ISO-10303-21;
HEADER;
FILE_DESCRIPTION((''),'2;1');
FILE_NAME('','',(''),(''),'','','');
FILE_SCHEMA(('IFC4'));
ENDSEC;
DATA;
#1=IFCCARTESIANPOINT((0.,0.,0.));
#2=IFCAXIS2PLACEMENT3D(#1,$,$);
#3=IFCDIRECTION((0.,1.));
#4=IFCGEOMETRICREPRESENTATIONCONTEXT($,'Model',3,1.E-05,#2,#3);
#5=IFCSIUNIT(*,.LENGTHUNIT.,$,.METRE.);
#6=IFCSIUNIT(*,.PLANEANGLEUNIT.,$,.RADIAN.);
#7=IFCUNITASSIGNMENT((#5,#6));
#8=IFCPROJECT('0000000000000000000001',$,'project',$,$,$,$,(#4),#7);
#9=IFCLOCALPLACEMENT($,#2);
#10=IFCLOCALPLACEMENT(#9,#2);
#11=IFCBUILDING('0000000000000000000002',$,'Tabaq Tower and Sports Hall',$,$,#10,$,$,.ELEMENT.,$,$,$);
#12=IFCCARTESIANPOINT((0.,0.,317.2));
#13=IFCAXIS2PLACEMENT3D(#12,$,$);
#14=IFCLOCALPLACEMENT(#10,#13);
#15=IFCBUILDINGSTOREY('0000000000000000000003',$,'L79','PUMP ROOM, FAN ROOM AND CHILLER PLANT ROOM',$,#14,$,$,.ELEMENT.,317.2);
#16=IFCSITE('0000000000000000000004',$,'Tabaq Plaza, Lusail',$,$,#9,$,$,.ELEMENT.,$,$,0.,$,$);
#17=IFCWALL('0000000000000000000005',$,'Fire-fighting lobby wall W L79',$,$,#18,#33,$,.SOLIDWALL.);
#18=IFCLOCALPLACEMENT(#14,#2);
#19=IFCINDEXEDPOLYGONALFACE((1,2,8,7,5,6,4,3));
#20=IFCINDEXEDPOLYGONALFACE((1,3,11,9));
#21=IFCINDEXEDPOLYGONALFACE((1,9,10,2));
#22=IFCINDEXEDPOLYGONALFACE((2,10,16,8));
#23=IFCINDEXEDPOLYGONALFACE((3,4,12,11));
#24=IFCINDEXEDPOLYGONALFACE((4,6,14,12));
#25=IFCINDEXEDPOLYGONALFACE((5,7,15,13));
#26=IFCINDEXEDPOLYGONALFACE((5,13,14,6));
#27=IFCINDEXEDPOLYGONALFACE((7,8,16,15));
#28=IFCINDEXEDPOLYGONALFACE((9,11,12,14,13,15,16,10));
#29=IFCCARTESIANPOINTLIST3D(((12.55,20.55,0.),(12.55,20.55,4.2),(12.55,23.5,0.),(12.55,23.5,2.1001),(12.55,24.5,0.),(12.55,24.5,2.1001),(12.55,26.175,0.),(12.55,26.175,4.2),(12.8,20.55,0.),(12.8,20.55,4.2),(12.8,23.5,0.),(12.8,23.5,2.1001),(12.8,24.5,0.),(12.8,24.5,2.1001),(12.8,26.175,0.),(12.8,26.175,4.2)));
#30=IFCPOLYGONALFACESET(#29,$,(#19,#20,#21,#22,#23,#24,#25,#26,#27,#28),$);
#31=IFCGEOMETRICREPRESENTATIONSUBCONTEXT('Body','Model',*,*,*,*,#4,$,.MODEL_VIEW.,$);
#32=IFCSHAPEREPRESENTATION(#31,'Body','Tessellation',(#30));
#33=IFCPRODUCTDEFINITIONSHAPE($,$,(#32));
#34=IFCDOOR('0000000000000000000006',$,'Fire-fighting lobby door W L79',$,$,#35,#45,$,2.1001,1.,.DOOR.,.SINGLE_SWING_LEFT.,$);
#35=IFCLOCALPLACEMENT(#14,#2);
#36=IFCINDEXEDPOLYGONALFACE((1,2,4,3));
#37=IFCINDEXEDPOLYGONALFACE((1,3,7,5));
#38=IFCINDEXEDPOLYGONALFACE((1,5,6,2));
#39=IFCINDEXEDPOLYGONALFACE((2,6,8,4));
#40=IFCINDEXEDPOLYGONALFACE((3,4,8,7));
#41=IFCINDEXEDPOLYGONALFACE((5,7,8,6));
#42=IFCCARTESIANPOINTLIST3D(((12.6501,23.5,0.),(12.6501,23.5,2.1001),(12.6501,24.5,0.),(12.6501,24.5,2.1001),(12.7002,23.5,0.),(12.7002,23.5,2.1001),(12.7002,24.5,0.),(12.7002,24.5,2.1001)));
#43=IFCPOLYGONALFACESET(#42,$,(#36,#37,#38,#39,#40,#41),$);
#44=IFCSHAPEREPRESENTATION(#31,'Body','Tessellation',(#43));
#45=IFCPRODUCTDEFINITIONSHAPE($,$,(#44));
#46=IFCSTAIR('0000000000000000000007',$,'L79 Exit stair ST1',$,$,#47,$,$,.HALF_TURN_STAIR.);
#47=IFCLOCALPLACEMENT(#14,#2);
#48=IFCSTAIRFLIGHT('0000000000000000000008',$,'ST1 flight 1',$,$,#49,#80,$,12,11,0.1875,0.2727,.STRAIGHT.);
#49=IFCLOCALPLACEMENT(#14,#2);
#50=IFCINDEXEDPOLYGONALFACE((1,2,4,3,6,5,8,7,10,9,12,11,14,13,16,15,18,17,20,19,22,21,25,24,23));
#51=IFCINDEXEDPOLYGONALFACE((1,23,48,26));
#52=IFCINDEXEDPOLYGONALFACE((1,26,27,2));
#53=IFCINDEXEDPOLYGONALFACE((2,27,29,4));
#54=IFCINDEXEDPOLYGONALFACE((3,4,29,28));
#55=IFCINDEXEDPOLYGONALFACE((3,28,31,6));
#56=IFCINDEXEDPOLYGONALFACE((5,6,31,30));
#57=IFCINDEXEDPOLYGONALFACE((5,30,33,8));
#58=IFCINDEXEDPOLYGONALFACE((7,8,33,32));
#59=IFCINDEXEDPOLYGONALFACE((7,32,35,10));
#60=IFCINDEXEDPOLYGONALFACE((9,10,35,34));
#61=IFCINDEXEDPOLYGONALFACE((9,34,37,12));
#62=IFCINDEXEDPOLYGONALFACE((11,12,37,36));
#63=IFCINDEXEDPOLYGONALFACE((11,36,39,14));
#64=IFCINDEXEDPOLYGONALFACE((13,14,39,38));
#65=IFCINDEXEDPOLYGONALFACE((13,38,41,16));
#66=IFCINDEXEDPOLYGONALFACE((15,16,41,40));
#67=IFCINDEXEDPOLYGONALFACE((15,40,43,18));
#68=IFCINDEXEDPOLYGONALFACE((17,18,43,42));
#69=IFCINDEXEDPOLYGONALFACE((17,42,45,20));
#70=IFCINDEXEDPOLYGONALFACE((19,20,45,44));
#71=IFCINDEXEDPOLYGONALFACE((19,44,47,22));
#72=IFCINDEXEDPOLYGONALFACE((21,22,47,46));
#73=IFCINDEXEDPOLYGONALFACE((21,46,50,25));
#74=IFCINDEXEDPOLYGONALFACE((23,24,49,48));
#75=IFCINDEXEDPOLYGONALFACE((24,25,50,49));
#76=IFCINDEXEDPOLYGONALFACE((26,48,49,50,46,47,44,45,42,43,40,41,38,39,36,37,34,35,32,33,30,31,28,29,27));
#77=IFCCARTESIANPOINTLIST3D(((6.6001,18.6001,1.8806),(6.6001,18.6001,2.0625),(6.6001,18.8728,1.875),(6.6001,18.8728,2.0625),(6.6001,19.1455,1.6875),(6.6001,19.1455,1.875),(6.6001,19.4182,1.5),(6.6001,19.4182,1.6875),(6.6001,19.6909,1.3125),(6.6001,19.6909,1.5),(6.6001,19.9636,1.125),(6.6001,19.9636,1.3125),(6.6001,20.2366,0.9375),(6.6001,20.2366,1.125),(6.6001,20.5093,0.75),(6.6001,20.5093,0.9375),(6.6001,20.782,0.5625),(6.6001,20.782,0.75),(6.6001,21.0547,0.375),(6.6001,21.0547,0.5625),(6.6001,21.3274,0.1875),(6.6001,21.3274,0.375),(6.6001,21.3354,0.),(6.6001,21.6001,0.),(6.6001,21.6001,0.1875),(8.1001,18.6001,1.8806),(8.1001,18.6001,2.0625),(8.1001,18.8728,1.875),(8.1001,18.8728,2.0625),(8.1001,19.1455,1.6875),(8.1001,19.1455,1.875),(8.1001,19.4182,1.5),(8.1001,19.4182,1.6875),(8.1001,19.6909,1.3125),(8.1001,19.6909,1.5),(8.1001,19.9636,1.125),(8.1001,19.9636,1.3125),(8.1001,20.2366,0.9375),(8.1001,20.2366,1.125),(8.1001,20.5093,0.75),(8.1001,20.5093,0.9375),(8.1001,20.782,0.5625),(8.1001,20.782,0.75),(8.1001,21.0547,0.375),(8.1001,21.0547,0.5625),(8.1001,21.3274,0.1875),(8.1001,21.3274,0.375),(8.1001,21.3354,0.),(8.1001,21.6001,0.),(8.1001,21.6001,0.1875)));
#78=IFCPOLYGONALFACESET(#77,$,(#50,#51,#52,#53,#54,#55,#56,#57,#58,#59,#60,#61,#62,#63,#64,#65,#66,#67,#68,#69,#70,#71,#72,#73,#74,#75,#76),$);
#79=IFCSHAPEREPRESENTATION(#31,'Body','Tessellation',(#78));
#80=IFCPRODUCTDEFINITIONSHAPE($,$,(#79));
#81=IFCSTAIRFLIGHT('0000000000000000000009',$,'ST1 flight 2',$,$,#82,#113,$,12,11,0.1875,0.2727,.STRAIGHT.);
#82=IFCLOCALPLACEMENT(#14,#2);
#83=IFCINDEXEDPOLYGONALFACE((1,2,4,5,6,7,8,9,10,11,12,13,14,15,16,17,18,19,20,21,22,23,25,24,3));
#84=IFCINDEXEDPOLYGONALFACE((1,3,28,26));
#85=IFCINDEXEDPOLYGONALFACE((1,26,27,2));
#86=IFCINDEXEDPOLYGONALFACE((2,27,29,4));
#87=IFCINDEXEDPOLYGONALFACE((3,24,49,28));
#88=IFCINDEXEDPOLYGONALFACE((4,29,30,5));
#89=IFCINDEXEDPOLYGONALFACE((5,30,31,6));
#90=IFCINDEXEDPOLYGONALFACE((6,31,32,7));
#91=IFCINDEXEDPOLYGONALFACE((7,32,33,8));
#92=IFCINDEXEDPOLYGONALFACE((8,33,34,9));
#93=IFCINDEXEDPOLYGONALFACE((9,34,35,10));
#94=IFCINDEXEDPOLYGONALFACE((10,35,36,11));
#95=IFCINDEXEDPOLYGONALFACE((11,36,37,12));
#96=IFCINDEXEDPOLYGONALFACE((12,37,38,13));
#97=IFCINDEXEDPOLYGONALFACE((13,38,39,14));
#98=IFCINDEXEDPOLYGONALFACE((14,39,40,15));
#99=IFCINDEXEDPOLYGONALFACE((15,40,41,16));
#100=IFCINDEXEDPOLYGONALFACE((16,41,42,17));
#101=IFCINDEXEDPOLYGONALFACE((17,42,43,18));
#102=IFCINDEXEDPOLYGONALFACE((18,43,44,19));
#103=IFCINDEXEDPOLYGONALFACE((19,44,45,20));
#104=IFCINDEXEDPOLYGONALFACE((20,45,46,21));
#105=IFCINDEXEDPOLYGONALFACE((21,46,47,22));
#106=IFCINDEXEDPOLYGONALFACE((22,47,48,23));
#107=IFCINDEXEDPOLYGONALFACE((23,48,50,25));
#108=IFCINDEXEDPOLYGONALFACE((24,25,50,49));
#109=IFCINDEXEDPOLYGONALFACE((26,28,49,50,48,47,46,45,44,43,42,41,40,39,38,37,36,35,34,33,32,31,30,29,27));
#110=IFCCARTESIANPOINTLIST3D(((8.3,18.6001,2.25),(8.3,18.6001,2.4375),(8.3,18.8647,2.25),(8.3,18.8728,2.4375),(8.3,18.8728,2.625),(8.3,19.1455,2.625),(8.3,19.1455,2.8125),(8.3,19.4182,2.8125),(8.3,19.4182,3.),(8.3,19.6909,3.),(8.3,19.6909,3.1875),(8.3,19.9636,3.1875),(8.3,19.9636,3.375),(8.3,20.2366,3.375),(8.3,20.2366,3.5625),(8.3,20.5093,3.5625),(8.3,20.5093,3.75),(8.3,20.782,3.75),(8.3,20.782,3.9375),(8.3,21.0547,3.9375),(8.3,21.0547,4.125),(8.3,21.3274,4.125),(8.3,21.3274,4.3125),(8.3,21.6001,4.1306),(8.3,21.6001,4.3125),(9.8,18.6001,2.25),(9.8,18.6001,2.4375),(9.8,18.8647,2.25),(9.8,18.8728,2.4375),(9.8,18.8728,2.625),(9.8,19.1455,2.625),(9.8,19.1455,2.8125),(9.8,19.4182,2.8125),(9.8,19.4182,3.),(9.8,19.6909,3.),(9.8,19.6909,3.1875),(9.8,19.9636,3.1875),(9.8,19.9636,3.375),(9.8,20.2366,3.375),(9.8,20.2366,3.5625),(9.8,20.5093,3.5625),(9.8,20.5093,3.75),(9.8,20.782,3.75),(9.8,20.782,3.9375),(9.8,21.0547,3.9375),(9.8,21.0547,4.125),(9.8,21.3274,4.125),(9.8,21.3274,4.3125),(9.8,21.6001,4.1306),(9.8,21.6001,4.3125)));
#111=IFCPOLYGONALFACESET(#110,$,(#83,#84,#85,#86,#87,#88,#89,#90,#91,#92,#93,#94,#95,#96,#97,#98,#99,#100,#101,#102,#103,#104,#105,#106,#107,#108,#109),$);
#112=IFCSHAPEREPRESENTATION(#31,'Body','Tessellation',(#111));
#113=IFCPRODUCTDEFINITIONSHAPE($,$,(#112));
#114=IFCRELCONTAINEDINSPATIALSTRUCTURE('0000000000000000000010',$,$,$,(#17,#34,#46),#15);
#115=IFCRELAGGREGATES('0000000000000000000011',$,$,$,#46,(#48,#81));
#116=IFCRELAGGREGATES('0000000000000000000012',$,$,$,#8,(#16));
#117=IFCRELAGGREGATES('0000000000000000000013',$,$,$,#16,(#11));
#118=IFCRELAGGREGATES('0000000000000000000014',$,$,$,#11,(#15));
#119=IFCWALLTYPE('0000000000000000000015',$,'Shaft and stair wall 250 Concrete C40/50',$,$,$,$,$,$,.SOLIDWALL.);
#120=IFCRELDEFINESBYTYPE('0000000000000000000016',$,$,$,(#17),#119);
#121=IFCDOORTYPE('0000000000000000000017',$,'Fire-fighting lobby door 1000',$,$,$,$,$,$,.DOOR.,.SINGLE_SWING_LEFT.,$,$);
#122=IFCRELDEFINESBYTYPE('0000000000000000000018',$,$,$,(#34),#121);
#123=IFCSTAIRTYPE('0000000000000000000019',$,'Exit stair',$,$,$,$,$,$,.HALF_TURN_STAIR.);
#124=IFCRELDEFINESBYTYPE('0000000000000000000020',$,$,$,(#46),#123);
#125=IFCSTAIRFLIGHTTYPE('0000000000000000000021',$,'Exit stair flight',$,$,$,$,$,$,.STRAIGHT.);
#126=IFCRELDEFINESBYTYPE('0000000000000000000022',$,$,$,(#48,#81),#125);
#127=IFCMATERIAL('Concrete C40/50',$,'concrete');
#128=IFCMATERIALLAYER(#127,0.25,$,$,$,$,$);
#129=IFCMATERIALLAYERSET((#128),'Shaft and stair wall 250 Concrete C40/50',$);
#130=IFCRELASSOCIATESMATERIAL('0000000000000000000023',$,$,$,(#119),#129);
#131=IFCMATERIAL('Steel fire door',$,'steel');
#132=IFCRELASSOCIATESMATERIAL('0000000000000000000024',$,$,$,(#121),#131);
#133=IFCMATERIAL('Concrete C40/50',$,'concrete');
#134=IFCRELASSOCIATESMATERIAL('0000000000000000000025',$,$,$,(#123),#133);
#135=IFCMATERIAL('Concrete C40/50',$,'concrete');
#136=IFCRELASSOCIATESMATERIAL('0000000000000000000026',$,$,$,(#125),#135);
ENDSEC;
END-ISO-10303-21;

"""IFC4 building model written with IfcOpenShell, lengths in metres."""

from ifc_helpers import new_model, si_unit, direction, frame, frame_2d, origin, place, context, subcontext, project, spatial, polyline, rectangle, outline, extrude, material, layer, layer_set, type_object, element, fill, aggregate, save


model = new_model("IFC4")

# Units and contexts
model_context = context("Model", 3, precision=1e-05, world=origin(), true_north=direction((0.0, 1.0)))
body_context = subcontext(model_context, "Body", "Model", "MODEL_VIEW")
ifc_project = project(units=[si_unit("LENGTHUNIT", "METRE"), si_unit("PLANEANGLEUNIT", "RADIAN")], contexts=[model_context])

# Site, building, storey
site_placement = place(None, origin())
site = spatial("IfcSite", under=ifc_project, at=site_placement, Name="Tabaq Plaza, Lusail", CompositionType="ELEMENT", RefElevation=0.0)
building_placement = place(site_placement, origin())
building = spatial("IfcBuilding", under=site, at=building_placement, Name="Tabaq Tower and Sports Hall", CompositionType="ELEMENT")
storey_placement = place(building_placement, frame((0.0, 0.0, 317.2)))
storey = spatial("IfcBuildingStorey", under=building, at=storey_placement, Name="L79", Description="PUMP ROOM, FAN ROOM AND CHILLER PLANT ROOM", CompositionType="ELEMENT", Elevation=317.2)

# Shared definitions
ifc_material_1 = material(Name="Concrete C40/50", Category="concrete")
ifc_layer_1 = layer(ifc_material_1, 0.25)
ifc_layer_set_1 = layer_set([ifc_layer_1], Name="Shaft and stair wall 250 Concrete C40/50")
wall_type_1 = type_object("IfcWallType", Name="Shaft and stair wall 250 Concrete C40/50", PredefinedType="SOLIDWALL", material=ifc_layer_set_1)

# Wall, opening, door
wall_1_placement = place(storey_placement, frame((12.675, 20.55, 0.0), z_axis=(0.0, 0.0, 1.0), x_axis=(0.0, 1.0, 0.0)))
wall_1 = element("IfcWall", 1, at=wall_1_placement, inside=storey, type_object=wall_type_1, Name="Fire-fighting lobby wall W L79", PredefinedType="SOLIDWALL", context=body_context, shape_type="SweptSolid", body=[
    extrude(rectangle(XDim=5.625, YDim=0.25, at=frame_2d((2.8125, 0.0))), origin(), (0.0, 0.0, 1.0), 4.2),
])
opening_1_placement = place(wall_1_placement, frame((2.95, 0.0, 0.0)))
opening_1 = element("IfcOpeningElement", 2, at=opening_1_placement, cuts=wall_1, PredefinedType="OPENING", context=body_context, shape_type="SweptSolid", body=[
    extrude(rectangle(XDim=1.0, YDim=2.1001, at=frame_2d((0.5, 1.05))), frame((0.0, 0.125, 0.0), z_axis=(0.0, -1.0, 0.0), x_axis=(1.0, 0.0, 0.0)), (0.0, 0.0, 1.0), 0.25),
])
ifc_material_2 = material(Name="Steel fire door", Category="steel")
door_type_1 = type_object("IfcDoorType", Name="Fire-fighting lobby door 1000", OperationType="SINGLE_SWING_LEFT", PredefinedType="DOOR", material=ifc_material_2)
door_1_placement = place(opening_1_placement, origin())
door_1 = element("IfcDoor", 3, at=door_1_placement, inside=storey, type_object=door_type_1, Name="Fire-fighting lobby door W L79", OperationType="SINGLE_SWING_LEFT", OverallHeight=2.1001, OverallWidth=1.0, PredefinedType="DOOR", context=body_context, shape_type="SweptSolid", body=[
    extrude(rectangle(XDim=1.0, YDim=2.1001, at=frame_2d((0.5, 1.05))), frame((0.0, 0.0249, 0.0), z_axis=(0.0, -1.0, 0.0), x_axis=(1.0, 0.0, 0.0)), (0.0, 0.0, 1.0), 0.05),
])
fill(opening_1, door_1)

# Stair, stair flights
ifc_material_3 = material(Name="Concrete C40/50", Category="concrete")
stair_type = type_object("IfcStairType", Name="Exit stair", PredefinedType="HALF_TURN_STAIR", material=ifc_material_3)
stair_placement = place(storey_placement, origin())
stair = element("IfcStair", 4, at=stair_placement, inside=storey, type_object=stair_type, Name="L79 Exit stair ST1", PredefinedType="HALF_TURN_STAIR")
ifc_material_4 = material(Name="Concrete C40/50", Category="concrete")
stair_flight_type = type_object("IfcStairFlightType", Name="Exit stair flight", PredefinedType="STRAIGHT", material=ifc_material_4)
stair_flight_1_placement = place(storey_placement, frame((7.3501, 21.6001, 0.0), z_axis=(0.0, 0.0, 1.0), x_axis=(0.0, -1.0, 0.0)))
stair_flight_1 = element("IfcStairFlight", 5, at=stair_flight_1_placement, type_object=stair_flight_type, Name="ST1 flight 1", NumberOfRisers=12, NumberOfTreads=11, PredefinedType="STRAIGHT", RiserHeight=0.1875, TreadLength=0.2727, context=body_context, shape_type="SweptSolid", body=[
    extrude(outline(polyline([(0.0, 0.0), (0.0, 0.1875), (0.2727, 0.1875), (0.2727, 0.375), (0.5454, 0.375), (0.5454, 0.5625), (0.8181, 0.5625), (0.8181, 0.75), (1.0908, 0.75), (1.0908, 0.9375), (1.3635, 0.9375), (1.3635, 1.125), (1.6365, 1.125), (1.6365, 1.3125), (1.9092, 1.3125), (1.9092, 1.5), (2.1819, 1.5), (2.1819, 1.6875), (2.4546, 1.6875), (2.4546, 1.875), (2.7273, 1.875), (2.7273, 2.0625), (3.0, 2.0625), (3.0, 2.25), (3.0, 1.8806), (0.2646, 0.0), (0.0, 0.0)])), frame((0.0, 0.75, 0.0), z_axis=(0.0, -1.0, 0.0), x_axis=(1.0, 0.0, 0.0)), (0.0, 0.0, 1.0), 1.5),
])
stair_flight_2_placement = place(storey_placement, frame((9.05, 18.6001, 2.25), z_axis=(0.0, 0.0, 1.0), x_axis=(0.0, 1.0, 0.0)))
stair_flight_2 = element("IfcStairFlight", 6, at=stair_flight_2_placement, type_object=stair_flight_type, Name="ST1 flight 2", NumberOfRisers=12, NumberOfTreads=11, PredefinedType="STRAIGHT", RiserHeight=0.1875, TreadLength=0.2727, context=body_context, shape_type="SweptSolid", body=[
    extrude(outline(polyline([(0.0, 0.0), (0.0, 0.1875), (0.2727, 0.1875), (0.2727, 0.375), (0.5454, 0.375), (0.5454, 0.5625), (0.8181, 0.5625), (0.8181, 0.75), (1.0908, 0.75), (1.0908, 0.9375), (1.3635, 0.9375), (1.3635, 1.125), (1.6365, 1.125), (1.6365, 1.3125), (1.9092, 1.3125), (1.9092, 1.5), (2.1819, 1.5), (2.1819, 1.6875), (2.4546, 1.6875), (2.4546, 1.875), (2.7273, 1.875), (2.7273, 2.0625), (3.0, 2.0625), (3.0, 2.25), (3.0, 1.8806), (0.2646, 0.0), (0.0, 0.0)])), frame((0.0, 0.75, 0.0), z_axis=(0.0, -1.0, 0.0), x_axis=(1.0, 0.0, 0.0)), (0.0, 0.0, 1.0), 1.5),
])
aggregate(stair, [stair_flight_1, stair_flight_2])

save(model, "model.ifc")
